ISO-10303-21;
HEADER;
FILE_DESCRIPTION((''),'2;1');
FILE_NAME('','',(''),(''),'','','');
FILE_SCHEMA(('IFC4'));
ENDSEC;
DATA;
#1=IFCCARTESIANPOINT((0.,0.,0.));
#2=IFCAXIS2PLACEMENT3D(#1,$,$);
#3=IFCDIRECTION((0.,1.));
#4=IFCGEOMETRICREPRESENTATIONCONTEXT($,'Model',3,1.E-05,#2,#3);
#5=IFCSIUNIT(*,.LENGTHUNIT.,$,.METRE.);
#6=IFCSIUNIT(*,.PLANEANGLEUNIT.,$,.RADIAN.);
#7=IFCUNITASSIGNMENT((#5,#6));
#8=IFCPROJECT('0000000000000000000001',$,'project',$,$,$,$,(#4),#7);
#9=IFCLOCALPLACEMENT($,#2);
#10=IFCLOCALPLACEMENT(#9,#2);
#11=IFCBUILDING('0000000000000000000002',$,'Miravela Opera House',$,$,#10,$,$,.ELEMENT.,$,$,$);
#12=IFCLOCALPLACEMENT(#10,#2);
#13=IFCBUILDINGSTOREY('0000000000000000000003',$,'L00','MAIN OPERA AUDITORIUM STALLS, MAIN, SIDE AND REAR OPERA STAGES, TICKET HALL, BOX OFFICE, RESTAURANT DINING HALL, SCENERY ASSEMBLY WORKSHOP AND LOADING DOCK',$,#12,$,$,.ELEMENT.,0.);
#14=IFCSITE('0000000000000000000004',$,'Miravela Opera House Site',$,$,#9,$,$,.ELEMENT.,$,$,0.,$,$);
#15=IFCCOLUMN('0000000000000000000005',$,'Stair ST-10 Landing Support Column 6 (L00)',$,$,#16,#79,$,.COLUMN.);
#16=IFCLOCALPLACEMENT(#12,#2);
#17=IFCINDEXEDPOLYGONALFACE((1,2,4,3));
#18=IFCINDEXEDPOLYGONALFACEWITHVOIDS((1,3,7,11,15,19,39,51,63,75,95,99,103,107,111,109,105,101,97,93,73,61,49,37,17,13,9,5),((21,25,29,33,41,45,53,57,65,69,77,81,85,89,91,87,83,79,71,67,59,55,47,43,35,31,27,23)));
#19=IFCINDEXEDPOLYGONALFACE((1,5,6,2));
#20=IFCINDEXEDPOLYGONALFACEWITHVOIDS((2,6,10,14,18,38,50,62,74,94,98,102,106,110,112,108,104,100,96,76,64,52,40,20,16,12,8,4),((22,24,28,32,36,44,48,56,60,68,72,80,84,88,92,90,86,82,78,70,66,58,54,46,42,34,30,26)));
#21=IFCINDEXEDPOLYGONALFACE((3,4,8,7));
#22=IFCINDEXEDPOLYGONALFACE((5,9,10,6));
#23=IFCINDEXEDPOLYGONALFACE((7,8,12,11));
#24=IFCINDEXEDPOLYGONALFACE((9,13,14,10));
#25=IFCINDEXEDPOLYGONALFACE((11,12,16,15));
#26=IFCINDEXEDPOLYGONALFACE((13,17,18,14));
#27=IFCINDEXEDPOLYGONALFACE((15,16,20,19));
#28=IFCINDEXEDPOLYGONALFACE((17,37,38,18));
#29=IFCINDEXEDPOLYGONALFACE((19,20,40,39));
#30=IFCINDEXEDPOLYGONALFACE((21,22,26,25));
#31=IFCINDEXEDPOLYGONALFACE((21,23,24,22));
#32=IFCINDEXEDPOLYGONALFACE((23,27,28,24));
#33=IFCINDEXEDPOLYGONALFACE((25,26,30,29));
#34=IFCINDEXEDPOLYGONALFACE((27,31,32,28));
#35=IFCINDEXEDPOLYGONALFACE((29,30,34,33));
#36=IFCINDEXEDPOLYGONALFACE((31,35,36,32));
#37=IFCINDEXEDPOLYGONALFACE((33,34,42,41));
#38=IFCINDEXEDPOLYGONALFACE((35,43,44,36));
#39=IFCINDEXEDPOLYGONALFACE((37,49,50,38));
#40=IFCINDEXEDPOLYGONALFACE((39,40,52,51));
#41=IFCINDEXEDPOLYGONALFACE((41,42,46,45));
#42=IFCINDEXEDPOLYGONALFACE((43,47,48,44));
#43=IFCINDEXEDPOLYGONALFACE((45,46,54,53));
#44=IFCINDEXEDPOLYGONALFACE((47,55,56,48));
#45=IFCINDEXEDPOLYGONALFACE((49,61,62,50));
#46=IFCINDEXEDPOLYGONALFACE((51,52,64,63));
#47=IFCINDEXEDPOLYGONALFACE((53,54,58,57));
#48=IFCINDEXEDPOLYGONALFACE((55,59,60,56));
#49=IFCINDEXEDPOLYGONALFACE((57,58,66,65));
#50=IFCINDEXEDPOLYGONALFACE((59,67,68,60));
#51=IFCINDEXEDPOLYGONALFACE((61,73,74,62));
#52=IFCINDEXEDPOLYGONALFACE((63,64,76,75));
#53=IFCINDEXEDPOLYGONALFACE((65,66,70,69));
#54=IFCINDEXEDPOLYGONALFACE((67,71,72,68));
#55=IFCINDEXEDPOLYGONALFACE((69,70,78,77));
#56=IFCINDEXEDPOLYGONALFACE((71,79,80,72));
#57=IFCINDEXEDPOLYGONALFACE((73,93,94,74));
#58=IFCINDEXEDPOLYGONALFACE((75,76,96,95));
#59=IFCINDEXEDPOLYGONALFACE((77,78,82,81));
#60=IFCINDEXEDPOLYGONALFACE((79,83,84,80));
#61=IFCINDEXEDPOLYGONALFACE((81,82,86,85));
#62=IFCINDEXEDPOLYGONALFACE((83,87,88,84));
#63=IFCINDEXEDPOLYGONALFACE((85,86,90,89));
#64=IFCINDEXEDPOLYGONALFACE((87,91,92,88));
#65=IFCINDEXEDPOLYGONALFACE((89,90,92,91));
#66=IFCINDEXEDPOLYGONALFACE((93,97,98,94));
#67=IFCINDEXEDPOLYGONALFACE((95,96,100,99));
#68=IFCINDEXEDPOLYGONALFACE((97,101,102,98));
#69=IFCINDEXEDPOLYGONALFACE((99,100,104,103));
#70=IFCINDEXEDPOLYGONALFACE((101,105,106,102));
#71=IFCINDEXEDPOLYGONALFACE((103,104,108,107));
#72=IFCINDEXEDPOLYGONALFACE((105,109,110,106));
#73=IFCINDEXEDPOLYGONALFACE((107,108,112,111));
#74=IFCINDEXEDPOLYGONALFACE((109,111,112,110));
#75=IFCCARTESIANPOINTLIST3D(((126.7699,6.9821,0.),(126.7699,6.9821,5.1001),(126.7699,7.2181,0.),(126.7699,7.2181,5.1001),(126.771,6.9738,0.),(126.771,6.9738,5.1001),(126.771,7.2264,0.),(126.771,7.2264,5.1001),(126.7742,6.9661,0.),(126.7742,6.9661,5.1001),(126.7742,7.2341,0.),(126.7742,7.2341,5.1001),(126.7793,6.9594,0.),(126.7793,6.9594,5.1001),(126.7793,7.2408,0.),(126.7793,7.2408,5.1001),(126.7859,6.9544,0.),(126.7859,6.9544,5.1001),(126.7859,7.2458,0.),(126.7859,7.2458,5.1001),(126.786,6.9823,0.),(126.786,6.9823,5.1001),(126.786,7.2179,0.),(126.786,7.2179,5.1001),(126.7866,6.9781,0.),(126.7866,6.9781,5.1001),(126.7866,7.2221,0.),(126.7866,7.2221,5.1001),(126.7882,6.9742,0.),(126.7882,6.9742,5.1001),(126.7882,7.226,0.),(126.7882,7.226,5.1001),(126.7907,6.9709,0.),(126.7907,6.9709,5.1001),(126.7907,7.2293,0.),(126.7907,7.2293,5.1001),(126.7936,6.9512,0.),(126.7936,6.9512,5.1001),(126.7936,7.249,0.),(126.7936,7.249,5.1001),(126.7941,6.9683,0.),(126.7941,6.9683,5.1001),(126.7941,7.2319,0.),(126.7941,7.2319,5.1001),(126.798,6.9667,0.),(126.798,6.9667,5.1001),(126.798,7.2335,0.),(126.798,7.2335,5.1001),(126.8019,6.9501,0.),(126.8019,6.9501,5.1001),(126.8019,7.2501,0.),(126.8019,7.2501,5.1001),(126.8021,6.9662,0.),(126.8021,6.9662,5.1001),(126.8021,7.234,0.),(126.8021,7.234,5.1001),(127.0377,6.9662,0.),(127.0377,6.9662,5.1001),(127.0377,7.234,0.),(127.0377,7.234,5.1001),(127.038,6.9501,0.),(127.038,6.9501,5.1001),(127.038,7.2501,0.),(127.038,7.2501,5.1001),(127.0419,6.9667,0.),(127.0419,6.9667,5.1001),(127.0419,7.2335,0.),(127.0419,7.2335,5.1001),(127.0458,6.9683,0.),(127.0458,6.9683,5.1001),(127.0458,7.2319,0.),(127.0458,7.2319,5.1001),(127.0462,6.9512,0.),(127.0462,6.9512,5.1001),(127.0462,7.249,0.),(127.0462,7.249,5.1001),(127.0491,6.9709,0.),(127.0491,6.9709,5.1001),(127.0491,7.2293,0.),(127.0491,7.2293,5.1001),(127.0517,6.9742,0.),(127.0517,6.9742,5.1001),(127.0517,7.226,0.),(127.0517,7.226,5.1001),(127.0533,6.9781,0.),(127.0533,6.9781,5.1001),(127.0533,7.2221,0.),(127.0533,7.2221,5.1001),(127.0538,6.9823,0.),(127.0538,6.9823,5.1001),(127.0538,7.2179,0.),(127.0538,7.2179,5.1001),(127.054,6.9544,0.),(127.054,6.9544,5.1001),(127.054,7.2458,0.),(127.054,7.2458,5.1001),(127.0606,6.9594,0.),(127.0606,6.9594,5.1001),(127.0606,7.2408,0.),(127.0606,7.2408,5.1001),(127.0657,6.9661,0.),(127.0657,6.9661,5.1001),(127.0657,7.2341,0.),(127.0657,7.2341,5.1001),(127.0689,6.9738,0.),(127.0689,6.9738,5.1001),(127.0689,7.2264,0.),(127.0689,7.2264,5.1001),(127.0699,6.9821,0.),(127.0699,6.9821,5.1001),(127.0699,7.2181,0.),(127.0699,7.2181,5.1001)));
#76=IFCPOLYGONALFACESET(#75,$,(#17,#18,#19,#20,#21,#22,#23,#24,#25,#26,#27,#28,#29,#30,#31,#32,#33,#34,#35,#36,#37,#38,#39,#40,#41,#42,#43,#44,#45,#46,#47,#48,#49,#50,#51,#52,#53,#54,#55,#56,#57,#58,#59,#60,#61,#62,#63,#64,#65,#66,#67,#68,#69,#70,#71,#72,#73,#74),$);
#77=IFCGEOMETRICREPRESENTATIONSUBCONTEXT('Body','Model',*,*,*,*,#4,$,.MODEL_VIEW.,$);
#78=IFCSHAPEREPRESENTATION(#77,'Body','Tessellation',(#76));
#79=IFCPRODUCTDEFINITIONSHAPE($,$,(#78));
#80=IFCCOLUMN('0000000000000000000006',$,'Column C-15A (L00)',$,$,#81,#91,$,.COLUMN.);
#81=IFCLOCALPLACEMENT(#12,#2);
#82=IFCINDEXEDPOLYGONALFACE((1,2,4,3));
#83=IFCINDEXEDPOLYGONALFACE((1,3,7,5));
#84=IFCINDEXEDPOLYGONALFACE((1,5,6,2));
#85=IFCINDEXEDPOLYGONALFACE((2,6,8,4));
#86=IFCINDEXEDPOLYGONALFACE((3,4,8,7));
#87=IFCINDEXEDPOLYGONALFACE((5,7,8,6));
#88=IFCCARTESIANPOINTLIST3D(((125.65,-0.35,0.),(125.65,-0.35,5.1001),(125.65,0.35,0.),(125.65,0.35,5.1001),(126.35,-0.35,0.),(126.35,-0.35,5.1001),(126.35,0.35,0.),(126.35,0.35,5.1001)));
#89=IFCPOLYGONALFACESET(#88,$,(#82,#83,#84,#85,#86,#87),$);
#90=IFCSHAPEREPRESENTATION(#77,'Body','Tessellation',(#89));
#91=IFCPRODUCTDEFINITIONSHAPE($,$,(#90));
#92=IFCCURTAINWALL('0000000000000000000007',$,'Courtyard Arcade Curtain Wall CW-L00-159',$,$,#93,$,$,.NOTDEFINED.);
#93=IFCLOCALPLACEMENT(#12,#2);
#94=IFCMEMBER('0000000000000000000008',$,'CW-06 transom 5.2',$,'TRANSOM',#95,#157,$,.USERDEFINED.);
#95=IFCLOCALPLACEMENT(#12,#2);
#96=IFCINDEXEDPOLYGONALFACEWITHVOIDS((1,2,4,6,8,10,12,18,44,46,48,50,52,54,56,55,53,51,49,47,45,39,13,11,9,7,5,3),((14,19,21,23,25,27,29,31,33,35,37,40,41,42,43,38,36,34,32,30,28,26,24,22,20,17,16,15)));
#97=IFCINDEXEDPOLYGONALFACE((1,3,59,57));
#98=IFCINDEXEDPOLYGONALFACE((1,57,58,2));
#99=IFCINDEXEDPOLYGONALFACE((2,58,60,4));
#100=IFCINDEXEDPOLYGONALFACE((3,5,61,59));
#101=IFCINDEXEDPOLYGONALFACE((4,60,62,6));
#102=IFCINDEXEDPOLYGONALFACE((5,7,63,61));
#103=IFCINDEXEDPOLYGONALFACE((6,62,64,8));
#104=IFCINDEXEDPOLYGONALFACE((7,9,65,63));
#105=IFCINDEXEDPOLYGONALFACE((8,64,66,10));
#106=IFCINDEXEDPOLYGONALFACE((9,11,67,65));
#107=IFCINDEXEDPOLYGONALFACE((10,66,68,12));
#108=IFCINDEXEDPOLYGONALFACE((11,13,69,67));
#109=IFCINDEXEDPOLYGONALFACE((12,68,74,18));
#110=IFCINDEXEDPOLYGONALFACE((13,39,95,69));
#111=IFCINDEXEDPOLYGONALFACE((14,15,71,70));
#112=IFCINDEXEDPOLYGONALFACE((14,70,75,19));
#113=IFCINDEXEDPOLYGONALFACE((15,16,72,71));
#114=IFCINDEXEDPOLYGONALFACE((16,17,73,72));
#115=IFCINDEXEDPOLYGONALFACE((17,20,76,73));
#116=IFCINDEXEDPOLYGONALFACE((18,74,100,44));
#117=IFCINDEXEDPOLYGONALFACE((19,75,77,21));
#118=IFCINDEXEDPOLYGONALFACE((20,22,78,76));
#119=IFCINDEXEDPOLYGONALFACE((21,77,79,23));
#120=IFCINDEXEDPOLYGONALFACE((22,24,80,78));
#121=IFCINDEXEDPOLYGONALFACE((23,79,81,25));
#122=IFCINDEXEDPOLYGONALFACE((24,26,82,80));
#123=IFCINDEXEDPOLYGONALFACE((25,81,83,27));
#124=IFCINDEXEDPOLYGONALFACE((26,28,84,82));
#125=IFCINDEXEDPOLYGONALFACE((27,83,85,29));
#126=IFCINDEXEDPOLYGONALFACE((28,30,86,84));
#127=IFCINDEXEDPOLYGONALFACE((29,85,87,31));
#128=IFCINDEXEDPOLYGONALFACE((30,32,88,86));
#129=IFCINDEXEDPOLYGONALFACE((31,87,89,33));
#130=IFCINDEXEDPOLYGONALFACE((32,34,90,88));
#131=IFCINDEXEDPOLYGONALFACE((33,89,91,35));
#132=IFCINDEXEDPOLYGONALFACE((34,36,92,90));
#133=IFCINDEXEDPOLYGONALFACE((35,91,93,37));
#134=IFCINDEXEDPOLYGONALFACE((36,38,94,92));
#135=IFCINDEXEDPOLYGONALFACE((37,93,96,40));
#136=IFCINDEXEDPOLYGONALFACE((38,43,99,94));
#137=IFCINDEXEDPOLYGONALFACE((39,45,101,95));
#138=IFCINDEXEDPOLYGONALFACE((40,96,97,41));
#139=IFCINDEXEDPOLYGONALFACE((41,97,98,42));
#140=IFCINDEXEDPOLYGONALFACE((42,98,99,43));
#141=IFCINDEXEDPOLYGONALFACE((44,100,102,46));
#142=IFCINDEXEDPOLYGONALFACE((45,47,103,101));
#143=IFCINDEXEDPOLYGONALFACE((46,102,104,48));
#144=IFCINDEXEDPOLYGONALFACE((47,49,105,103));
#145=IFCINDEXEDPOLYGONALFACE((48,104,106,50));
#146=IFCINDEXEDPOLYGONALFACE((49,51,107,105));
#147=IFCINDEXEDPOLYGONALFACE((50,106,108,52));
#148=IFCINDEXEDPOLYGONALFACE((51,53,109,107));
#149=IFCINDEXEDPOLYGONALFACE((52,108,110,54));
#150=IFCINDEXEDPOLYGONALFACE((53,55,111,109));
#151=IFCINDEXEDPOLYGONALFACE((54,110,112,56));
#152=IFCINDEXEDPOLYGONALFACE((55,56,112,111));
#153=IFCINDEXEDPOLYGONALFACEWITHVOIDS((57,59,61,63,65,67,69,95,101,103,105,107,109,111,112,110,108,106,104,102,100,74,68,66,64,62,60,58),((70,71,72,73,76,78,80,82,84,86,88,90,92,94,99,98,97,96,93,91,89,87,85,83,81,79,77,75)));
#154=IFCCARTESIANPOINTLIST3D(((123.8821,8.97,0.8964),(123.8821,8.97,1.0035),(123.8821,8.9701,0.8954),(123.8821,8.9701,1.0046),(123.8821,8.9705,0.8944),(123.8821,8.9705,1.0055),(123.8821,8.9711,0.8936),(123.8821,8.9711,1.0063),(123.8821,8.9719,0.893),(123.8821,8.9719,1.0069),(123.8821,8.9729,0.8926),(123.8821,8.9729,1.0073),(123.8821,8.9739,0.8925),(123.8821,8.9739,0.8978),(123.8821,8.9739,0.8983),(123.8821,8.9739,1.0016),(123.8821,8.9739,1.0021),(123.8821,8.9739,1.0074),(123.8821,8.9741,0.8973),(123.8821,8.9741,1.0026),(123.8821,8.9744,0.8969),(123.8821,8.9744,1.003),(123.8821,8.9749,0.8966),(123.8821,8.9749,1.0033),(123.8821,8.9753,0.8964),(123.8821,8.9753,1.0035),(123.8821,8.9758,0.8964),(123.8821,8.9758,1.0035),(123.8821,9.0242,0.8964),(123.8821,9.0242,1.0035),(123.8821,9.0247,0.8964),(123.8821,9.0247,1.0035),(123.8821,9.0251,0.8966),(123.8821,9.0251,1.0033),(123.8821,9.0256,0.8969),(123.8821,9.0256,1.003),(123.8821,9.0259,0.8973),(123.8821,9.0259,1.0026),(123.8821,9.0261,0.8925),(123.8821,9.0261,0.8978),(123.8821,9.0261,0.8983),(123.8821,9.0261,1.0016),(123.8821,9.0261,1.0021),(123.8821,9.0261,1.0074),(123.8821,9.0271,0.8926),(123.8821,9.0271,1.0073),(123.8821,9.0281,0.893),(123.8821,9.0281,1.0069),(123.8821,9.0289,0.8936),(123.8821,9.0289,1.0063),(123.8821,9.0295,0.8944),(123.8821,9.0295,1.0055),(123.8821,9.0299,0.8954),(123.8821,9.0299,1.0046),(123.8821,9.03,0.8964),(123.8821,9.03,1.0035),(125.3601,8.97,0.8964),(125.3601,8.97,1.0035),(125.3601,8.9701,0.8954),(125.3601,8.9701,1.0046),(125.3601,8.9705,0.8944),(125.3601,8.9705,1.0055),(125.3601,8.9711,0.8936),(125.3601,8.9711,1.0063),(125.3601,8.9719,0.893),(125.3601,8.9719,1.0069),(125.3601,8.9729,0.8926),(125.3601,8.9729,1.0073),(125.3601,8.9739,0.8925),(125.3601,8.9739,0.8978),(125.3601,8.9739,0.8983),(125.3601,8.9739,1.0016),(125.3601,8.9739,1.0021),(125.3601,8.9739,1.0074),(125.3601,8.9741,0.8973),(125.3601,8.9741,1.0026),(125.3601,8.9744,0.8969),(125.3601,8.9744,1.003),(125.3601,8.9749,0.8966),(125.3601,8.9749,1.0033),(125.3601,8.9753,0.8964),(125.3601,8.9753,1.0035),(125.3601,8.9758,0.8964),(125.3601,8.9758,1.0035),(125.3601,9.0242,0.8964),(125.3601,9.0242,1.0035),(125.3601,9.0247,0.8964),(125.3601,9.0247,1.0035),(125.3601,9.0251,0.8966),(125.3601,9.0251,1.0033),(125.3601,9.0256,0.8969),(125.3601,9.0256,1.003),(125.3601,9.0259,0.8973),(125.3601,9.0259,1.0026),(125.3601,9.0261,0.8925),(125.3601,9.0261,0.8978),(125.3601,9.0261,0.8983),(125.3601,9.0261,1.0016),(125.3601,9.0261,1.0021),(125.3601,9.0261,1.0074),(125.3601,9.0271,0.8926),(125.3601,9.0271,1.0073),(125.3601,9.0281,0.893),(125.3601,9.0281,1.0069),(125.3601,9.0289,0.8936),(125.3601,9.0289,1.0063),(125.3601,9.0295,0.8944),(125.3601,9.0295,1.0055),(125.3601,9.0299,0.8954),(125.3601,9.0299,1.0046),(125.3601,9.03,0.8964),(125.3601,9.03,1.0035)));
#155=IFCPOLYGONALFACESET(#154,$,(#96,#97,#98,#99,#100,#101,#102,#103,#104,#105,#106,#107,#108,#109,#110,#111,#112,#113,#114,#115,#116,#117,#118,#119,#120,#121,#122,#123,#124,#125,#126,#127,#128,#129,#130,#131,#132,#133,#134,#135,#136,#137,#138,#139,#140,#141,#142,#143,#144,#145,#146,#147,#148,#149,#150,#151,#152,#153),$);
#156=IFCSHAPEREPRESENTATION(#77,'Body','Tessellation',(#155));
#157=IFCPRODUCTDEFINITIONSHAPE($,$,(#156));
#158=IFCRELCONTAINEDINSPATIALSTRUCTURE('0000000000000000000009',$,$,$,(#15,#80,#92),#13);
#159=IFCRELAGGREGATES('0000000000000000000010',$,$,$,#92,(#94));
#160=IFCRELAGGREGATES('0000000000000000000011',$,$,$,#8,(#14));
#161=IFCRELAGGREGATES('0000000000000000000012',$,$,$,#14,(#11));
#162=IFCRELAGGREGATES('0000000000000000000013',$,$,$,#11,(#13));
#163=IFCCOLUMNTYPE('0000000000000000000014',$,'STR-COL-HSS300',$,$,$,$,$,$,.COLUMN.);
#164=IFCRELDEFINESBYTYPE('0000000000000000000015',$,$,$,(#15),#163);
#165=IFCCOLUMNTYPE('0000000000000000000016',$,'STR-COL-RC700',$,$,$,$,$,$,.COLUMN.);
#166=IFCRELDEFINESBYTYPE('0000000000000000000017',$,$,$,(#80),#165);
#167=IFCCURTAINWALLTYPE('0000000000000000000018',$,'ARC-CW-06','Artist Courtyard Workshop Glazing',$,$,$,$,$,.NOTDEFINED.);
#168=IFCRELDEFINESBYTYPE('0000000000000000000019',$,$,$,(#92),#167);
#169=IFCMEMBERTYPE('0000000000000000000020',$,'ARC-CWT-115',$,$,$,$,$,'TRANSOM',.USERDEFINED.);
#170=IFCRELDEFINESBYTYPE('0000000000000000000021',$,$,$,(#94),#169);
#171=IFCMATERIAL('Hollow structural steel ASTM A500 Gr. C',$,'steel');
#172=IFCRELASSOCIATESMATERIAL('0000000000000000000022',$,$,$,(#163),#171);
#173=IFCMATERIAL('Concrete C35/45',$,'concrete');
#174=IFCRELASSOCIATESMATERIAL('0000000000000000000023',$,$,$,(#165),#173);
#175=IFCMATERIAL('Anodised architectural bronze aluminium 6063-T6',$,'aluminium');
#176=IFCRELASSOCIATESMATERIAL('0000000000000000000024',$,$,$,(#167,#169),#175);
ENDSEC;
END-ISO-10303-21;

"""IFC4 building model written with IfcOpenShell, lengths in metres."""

from ifc_helpers import new_model, si_unit, direction, frame, origin, origin_2d, place, context, subcontext, project, spatial, rectangle, hollow_rectangle, extrude, material, material_profile, profile_set, type_object, element, aggregate, save


model = new_model("IFC4")

# Units and contexts
model_context = context("Model", 3, precision=1e-05, world=origin(), true_north=direction((0.0, 1.0)))
body_context = subcontext(model_context, "Body", "Model", "MODEL_VIEW")
ifc_project = project(units=[si_unit("LENGTHUNIT", "METRE"), si_unit("PLANEANGLEUNIT", "RADIAN")], contexts=[model_context])

# Site, building, storey
site_placement = place(None, origin())
site = spatial("IfcSite", under=ifc_project, at=site_placement, Name="Miravela Opera House Site", CompositionType="ELEMENT", RefElevation=0.0)
building_placement = place(site_placement, origin())
building = spatial("IfcBuilding", under=site, at=building_placement, Name="Miravela Opera House", CompositionType="ELEMENT")
storey_placement = place(building_placement, origin())
storey = spatial("IfcBuildingStorey", under=building, at=storey_placement, Name="L00", Description="MAIN OPERA AUDITORIUM STALLS, MAIN, SIDE AND REAR OPERA STAGES, TICKET HALL, BOX OFFICE, RESTAURANT DINING HALL, SCENERY ASSEMBLY WORKSHOP AND LOADING DOCK", CompositionType="ELEMENT", Elevation=0.0)

# Columns
ifc_material_1 = material(Name="Hollow structural steel ASTM A500 Gr. C", Category="steel")
ifc_material_profile_1 = material_profile(ifc_material_1, hollow_rectangle(XDim=0.3, YDim=0.3, WallThickness=0.0161, InnerFilletRadius=0.0161, OuterFilletRadius=0.032, at=origin_2d()), Name="HSS300X300X16")
ifc_profile_set_1 = profile_set([ifc_material_profile_1])
column_type_1 = type_object("IfcColumnType", Name="STR-COL-HSS300", PredefinedType="COLUMN", material=ifc_profile_set_1)
for number, where, z_axis, x_axis, name in (
    (1, (126.9199, 7.1001, 0.0), (0.0, 0.0, 1.0), (1.0, 0.0, 0.0), "Stair ST-10 Landing Support Column 6 (L00)"),
):
    element("IfcColumn", number, at=place(storey_placement, frame(where, z_axis=z_axis, x_axis=x_axis)), inside=storey, type_object=column_type_1, Name=name, PredefinedType="COLUMN", context=body_context, shape_type="SweptSolid", body=[
        extrude(hollow_rectangle(XDim=0.3, YDim=0.3, WallThickness=0.0161, InnerFilletRadius=0.0161, OuterFilletRadius=0.032, at=origin_2d()), origin(), (0.0, 0.0, 1.0), 5.1001),
    ])
ifc_material_2 = material(Name="Concrete C35/45", Category="concrete")
ifc_material_profile_2 = material_profile(ifc_material_2, rectangle(XDim=0.7, YDim=0.7, at=origin_2d()), Name="RC-COL-700X700")
ifc_profile_set_2 = profile_set([ifc_material_profile_2])
column_type_2 = type_object("IfcColumnType", Name="STR-COL-RC700", PredefinedType="COLUMN", material=ifc_profile_set_2)
column_placement = place(storey_placement, frame((126.0, 0.0, 0.0), z_axis=(0.0, 0.0, 1.0), x_axis=(1.0, 0.0, 0.0)))
element("IfcColumn", 2, at=column_placement, inside=storey, type_object=column_type_2, Name="Column C-15A (L00)", PredefinedType="COLUMN", context=body_context, shape_type="SweptSolid", body=[
    extrude(rectangle(XDim=0.7, YDim=0.7, at=origin_2d()), origin(), (0.0, 0.0, 1.0), 5.1001),
])

# Curtain wall, member
ifc_material_3 = material(Name="Anodised architectural bronze aluminium 6063-T6", Category="aluminium")
curtain_wall_type = type_object("IfcCurtainWallType", Name="ARC-CW-06", Description="Artist Courtyard Workshop Glazing", PredefinedType="NOTDEFINED", material=ifc_material_3)
curtain_wall_placement = place(storey_placement, origin())
curtain_wall = element("IfcCurtainWall", 3, at=curtain_wall_placement, inside=storey, type_object=curtain_wall_type, Name="Courtyard Arcade Curtain Wall CW-L00-159", PredefinedType="NOTDEFINED")
ifc_material_profile_3 = material_profile(ifc_material_3, hollow_rectangle(XDim=0.0601, YDim=0.115, WallThickness=0.0039, InnerFilletRadius=0.002, OuterFilletRadius=0.0039, at=origin_2d()), Name="CWT-60X115")
ifc_profile_set_3 = profile_set([ifc_material_profile_3])
member_type_1 = type_object("IfcMemberType", Name="ARC-CWT-115", ElementType="TRANSOM", PredefinedType="USERDEFINED", material=ifc_profile_set_3)
member_1_placement = place(storey_placement, frame((123.8821, 9.0, 0.95), z_axis=(1.0, 0.0, 0.0), x_axis=(0.0, 1.0, 0.0)))
member_1 = element("IfcMember", 4, at=member_1_placement, type_object=member_type_1, Name="CW-06 transom 5.2", ObjectType="TRANSOM", PredefinedType="USERDEFINED", context=body_context, shape_type="SweptSolid", body=[
    extrude(hollow_rectangle(XDim=0.0601, YDim=0.115, WallThickness=0.0039, InnerFilletRadius=0.002, OuterFilletRadius=0.0039, at=origin_2d()), origin(), (0.0, 0.0, 1.0), 1.478),
])

aggregate(curtain_wall, [member_1])

save(model, "model.ifc")
